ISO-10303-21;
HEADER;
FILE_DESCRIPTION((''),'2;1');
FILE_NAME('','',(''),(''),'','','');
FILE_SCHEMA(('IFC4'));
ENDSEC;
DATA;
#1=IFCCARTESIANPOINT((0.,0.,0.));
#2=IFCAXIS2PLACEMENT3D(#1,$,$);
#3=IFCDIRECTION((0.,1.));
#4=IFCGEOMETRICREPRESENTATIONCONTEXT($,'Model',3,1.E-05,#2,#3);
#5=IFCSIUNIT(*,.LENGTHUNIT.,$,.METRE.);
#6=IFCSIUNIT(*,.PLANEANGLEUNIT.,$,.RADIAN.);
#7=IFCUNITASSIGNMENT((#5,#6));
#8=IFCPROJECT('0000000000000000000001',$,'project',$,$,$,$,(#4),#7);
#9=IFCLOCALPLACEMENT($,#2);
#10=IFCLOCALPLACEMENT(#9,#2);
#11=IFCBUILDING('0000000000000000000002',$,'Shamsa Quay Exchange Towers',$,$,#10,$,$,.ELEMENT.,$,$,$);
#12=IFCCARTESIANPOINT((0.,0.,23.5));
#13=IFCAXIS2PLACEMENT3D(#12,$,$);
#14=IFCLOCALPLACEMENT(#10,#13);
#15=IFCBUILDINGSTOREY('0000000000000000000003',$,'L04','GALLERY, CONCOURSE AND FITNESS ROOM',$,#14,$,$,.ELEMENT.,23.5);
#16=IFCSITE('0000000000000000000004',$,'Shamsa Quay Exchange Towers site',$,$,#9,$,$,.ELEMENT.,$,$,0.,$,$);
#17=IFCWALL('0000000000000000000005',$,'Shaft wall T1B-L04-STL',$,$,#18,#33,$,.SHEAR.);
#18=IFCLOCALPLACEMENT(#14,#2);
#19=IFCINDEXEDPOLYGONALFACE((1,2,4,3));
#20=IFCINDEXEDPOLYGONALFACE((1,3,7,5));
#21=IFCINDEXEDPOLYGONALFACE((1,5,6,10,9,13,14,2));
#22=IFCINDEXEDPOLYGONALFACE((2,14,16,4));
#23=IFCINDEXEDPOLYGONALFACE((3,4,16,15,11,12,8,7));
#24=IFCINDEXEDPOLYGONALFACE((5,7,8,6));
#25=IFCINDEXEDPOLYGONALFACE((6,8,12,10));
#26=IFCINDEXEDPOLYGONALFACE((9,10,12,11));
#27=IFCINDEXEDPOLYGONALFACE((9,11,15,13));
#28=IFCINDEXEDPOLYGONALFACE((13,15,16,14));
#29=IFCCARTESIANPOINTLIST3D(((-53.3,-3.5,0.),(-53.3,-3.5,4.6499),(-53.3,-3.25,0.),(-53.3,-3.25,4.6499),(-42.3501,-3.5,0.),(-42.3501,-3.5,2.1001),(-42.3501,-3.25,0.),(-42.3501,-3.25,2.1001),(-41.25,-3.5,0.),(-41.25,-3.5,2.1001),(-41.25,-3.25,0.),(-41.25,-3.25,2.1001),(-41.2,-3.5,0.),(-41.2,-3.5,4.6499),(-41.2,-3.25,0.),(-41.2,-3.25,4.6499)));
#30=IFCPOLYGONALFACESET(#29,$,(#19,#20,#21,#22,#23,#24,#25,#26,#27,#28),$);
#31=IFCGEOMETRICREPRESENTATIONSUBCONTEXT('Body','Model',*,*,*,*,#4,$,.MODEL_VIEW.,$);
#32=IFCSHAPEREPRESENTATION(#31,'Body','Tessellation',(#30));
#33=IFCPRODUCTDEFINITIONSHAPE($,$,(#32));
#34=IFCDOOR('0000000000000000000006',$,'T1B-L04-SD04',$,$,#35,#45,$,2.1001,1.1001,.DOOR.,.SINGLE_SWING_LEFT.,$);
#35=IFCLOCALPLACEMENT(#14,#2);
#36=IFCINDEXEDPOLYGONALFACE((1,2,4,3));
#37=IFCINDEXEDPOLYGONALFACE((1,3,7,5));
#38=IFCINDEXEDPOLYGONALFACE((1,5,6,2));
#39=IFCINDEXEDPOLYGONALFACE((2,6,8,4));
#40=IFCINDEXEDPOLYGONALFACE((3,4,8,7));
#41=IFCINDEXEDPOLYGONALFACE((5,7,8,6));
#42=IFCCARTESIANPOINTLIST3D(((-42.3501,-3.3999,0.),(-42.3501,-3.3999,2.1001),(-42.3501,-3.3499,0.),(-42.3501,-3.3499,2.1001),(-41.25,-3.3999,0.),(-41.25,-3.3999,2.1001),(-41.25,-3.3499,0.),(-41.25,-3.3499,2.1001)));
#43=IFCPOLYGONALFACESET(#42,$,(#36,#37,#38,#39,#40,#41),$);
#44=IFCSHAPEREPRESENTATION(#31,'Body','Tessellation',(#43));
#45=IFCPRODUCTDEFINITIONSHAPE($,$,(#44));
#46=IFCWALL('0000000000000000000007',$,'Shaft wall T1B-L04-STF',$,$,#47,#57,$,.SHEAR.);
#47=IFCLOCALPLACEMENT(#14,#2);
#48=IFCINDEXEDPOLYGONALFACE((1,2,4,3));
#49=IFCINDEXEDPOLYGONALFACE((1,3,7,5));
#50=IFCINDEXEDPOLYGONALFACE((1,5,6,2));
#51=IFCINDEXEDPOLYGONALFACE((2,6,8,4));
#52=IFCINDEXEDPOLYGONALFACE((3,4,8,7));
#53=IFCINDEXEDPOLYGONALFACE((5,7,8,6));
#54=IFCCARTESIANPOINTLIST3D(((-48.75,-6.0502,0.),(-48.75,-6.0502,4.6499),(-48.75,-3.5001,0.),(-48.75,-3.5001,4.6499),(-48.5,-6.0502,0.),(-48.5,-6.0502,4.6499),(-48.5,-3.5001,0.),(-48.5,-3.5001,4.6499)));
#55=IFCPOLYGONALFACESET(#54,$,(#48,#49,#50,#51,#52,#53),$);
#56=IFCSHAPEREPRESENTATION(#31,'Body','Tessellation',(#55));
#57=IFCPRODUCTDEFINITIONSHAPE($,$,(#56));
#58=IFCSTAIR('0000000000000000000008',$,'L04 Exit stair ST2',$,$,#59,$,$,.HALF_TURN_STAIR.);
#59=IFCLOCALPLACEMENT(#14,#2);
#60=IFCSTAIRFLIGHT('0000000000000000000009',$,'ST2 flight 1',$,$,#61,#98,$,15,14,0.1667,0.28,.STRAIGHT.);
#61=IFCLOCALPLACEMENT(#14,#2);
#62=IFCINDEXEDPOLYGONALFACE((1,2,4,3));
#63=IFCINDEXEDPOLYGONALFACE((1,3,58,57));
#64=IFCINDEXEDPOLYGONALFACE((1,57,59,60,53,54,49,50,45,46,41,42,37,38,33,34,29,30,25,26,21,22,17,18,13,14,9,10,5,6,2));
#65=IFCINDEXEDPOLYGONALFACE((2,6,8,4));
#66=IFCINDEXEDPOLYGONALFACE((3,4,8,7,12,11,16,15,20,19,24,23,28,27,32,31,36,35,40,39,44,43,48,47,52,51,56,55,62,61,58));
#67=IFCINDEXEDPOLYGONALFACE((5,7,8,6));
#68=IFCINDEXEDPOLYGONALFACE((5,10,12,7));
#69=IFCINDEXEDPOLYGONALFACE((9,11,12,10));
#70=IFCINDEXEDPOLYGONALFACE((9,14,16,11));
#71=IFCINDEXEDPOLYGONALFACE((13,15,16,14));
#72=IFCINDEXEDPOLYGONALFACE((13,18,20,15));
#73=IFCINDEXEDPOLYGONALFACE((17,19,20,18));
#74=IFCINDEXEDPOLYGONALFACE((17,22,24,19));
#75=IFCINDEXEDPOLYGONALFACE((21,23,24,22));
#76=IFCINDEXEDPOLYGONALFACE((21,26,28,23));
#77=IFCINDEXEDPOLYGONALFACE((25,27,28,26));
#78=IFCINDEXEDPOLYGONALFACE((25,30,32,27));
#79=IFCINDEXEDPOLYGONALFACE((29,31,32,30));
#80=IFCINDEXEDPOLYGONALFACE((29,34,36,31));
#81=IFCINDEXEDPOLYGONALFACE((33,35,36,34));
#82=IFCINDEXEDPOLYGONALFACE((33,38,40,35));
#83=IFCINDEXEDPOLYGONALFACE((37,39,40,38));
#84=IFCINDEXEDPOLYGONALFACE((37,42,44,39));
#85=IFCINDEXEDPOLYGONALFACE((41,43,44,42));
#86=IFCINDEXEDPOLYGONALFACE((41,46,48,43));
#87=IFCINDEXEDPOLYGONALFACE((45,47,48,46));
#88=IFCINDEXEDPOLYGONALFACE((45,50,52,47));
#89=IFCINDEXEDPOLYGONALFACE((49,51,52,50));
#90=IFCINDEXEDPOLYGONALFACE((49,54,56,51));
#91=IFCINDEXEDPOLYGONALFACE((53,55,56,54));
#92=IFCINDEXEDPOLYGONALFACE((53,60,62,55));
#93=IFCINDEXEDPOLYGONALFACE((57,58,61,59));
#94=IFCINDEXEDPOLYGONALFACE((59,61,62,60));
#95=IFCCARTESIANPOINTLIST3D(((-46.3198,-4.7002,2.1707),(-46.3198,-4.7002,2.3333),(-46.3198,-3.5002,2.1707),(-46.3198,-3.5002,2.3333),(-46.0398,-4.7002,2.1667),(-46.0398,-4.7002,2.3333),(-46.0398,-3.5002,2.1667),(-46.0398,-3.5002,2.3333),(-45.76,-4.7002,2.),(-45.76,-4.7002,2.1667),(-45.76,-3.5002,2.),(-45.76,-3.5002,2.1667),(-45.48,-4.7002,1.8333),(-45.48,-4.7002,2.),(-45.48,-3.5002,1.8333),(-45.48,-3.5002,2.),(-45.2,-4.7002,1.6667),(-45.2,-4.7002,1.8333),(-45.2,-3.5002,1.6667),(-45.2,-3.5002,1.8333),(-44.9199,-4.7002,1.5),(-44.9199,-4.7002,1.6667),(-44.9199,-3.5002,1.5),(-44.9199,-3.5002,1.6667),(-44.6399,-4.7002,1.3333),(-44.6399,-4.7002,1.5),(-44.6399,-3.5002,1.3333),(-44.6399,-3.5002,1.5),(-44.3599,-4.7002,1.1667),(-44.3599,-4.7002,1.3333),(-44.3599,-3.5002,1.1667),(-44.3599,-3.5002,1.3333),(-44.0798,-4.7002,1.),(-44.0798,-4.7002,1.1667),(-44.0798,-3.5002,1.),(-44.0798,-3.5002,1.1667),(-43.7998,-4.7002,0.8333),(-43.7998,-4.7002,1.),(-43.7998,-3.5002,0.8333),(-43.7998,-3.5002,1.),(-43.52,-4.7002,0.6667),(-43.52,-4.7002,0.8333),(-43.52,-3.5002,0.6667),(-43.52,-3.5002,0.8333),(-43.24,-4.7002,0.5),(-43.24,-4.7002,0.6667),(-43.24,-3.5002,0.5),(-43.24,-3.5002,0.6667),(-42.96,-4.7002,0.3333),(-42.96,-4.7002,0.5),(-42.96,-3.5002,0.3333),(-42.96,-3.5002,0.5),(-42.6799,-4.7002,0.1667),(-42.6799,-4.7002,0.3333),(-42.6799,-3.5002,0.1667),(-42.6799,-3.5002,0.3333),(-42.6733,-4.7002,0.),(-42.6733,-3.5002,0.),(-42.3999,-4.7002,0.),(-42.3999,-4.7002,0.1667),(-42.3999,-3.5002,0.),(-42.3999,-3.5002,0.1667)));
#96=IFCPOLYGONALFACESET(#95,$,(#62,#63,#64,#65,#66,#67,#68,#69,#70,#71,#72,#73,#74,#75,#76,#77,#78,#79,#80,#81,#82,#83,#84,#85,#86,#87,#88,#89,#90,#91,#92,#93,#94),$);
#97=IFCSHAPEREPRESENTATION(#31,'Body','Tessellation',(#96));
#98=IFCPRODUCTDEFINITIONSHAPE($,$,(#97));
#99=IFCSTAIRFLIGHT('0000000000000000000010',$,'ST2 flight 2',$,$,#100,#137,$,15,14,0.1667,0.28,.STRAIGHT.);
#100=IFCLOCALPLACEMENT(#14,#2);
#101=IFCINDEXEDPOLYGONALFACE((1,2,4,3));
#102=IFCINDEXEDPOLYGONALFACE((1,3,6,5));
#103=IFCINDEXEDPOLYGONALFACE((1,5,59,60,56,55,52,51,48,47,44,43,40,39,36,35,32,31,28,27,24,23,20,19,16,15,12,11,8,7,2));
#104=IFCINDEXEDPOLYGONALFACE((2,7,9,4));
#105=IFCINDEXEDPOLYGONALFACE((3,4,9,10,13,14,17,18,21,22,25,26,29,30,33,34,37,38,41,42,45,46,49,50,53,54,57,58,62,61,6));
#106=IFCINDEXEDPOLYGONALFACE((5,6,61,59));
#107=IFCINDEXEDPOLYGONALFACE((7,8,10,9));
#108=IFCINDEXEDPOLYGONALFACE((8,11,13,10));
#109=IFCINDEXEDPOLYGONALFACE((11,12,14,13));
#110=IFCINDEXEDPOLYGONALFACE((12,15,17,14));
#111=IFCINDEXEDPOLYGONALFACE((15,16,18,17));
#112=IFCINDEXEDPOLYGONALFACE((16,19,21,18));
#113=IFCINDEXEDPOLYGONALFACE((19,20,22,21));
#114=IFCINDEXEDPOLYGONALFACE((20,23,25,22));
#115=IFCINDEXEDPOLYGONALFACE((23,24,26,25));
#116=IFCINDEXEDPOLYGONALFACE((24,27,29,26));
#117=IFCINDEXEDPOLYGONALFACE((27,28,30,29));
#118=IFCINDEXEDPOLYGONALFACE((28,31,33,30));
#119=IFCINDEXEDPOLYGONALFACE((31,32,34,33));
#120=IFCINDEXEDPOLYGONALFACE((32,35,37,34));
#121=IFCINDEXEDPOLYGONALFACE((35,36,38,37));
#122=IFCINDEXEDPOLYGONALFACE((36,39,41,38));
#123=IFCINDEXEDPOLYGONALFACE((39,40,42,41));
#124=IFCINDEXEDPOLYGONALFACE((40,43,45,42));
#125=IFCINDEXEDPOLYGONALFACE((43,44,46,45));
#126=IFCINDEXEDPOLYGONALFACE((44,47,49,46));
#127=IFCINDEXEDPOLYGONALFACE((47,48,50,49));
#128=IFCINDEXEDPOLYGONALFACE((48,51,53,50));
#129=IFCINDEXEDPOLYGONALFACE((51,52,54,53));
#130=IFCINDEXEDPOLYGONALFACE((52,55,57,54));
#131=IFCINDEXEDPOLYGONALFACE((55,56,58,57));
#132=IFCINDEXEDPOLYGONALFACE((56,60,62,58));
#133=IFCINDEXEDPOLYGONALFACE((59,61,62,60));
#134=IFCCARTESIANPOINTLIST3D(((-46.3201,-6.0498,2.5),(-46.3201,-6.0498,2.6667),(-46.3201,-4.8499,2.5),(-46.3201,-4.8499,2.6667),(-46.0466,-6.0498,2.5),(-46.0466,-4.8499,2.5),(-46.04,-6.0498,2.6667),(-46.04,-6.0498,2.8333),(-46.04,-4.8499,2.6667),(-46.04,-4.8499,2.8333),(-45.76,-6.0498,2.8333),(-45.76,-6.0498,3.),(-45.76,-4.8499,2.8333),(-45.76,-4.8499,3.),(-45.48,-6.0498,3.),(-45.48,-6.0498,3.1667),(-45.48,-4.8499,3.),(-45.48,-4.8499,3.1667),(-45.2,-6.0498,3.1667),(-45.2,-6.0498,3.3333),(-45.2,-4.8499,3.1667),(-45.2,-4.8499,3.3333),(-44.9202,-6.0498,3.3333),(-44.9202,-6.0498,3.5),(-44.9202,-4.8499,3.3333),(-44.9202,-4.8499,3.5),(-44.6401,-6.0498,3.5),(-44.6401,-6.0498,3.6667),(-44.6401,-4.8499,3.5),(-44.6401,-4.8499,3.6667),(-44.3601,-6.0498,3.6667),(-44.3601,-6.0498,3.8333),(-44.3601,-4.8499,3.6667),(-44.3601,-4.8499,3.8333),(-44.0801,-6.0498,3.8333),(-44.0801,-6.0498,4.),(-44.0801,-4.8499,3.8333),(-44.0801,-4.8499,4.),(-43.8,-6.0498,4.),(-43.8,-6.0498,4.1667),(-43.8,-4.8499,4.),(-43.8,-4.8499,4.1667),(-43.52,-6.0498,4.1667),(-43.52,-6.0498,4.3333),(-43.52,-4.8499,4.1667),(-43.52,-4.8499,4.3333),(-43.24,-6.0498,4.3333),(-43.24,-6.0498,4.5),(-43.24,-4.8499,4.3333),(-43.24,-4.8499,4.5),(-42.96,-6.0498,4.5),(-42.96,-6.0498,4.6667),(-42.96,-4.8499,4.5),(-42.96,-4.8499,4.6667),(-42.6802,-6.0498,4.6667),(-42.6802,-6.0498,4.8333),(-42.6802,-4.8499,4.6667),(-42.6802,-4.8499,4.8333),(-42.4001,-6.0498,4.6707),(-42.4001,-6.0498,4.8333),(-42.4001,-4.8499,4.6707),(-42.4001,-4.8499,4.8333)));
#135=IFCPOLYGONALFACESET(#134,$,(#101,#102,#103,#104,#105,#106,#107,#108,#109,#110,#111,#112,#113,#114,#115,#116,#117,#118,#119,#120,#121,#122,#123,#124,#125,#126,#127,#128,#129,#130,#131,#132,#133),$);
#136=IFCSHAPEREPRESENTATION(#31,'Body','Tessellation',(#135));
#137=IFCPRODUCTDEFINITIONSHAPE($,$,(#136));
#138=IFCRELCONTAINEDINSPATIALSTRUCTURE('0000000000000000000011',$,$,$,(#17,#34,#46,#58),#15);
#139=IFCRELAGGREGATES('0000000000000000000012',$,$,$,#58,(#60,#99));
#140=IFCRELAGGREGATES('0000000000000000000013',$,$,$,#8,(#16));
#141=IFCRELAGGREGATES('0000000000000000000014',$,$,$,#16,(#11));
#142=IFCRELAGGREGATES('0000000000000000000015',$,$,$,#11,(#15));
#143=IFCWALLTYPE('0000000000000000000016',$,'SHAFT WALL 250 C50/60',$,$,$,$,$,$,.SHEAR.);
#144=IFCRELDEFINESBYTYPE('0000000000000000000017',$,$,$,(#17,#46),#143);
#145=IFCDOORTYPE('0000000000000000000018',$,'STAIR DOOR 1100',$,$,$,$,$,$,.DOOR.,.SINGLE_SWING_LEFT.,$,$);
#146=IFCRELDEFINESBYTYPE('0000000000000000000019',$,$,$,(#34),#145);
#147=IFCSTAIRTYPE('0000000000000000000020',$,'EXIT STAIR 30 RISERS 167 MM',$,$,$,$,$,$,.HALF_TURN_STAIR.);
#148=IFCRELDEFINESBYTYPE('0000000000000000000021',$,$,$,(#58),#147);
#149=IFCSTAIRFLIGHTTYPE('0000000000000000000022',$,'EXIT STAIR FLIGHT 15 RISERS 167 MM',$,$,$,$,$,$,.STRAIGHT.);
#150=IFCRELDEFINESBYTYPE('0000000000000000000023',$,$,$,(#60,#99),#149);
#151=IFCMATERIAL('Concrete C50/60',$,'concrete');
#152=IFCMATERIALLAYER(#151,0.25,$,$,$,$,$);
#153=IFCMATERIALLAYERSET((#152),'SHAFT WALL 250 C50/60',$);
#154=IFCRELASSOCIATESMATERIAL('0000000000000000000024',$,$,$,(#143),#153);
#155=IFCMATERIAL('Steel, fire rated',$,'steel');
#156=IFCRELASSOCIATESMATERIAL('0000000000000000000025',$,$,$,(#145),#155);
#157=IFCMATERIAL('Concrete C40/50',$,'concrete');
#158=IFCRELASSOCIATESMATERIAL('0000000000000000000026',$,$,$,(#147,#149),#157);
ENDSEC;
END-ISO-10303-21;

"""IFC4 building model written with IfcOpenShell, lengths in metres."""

from ifc_helpers import new_model, si_unit, direction, frame, frame_2d, origin, place, context, subcontext, project, spatial, polyline, rectangle, outline, extrude, material, layer, layer_set, type_object, element, fill, aggregate, save


model = new_model("IFC4")

# Units and contexts
model_context = context("Model", 3, precision=1e-05, world=origin(), true_north=direction((0.0, 1.0)))
body_context = subcontext(model_context, "Body", "Model", "MODEL_VIEW")
ifc_project = project(units=[si_unit("LENGTHUNIT", "METRE"), si_unit("PLANEANGLEUNIT", "RADIAN")], contexts=[model_context])

# Site, building, storey
site_placement = place(None, origin())
site = spatial("IfcSite", under=ifc_project, at=site_placement, Name="Shamsa Quay Exchange Towers site", CompositionType="ELEMENT", RefElevation=0.0)
building_placement = place(site_placement, origin())
building = spatial("IfcBuilding", under=site, at=building_placement, Name="Shamsa Quay Exchange Towers", CompositionType="ELEMENT")
storey_placement = place(building_placement, frame((0.0, 0.0, 23.5)))
storey = spatial("IfcBuildingStorey", under=building, at=storey_placement, Name="L04", Description="GALLERY, CONCOURSE AND FITNESS ROOM", CompositionType="ELEMENT", Elevation=23.5)

# Shared definitions
ifc_material_1 = material(Name="Steel, fire rated", Category="steel")

# Wall, opening, door
ifc_material_2 = material(Name="Concrete C50/60", Category="concrete")
ifc_layer_1 = layer(ifc_material_2, 0.25)
ifc_layer_set_1 = layer_set([ifc_layer_1], Name="SHAFT WALL 250 C50/60")
wall_type_1 = type_object("IfcWallType", Name="SHAFT WALL 250 C50/60", PredefinedType="SHEAR", material=ifc_layer_set_1)
wall_1_placement = place(storey_placement, frame((-41.2, -3.375, 0.0), z_axis=(0.0, 0.0, 1.0), x_axis=(-1.0, 0.0, 0.0)))
wall_1 = element("IfcWall", 1, at=wall_1_placement, inside=storey, type_object=wall_type_1, Name="Shaft wall T1B-L04-STL", PredefinedType="SHEAR", context=body_context, shape_type="SweptSolid", body=[
    extrude(rectangle(XDim=12.1001, YDim=0.25, at=frame_2d((6.05, 0.0))), origin(), (0.0, 0.0, 1.0), 4.6499),
])
opening_1_placement = place(wall_1_placement, frame((0.05, 0.0, 0.0)))
opening_1 = element("IfcOpeningElement", 2, at=opening_1_placement, cuts=wall_1, PredefinedType="OPENING", context=body_context, shape_type="SweptSolid", body=[
    extrude(rectangle(XDim=1.1001, YDim=2.1001, at=frame_2d((0.55, 1.05))), frame((0.0, 0.135, 0.0), z_axis=(0.0, -1.0, 0.0), x_axis=(1.0, 0.0, 0.0)), (0.0, 0.0, 1.0), 0.27),
])
door_type_1 = type_object("IfcDoorType", Name="STAIR DOOR 1100", OperationType="SINGLE_SWING_LEFT", PredefinedType="DOOR", material=ifc_material_1)
door_1_placement = place(opening_1_placement, origin())
door_1 = element("IfcDoor", 3, at=door_1_placement, inside=storey, type_object=door_type_1, Name="T1B-L04-SD04", OperationType="SINGLE_SWING_LEFT", OverallHeight=2.1001, OverallWidth=1.1001, PredefinedType="DOOR", context=body_context, shape_type="SweptSolid", body=[
    extrude(rectangle(XDim=1.1001, YDim=2.1001, at=frame_2d((0.55, 1.05))), frame((0.0, 0.0249, 0.0), z_axis=(0.0, -1.0, 0.0), x_axis=(1.0, 0.0, 0.0)), (0.0, 0.0, 1.0), 0.05),
])
fill(opening_1, door_1)

# Wall
wall_2_placement = place(storey_placement, frame((-48.625, -6.05, 0.0), z_axis=(0.0, 0.0, 1.0), x_axis=(0.0, 1.0, 0.0)))
element("IfcWall", 4, at=wall_2_placement, inside=storey, type_object=wall_type_1, Name="Shaft wall T1B-L04-STF", PredefinedType="SHEAR", context=body_context, shape_type="SweptSolid", body=[
    extrude(rectangle(XDim=2.55, YDim=0.25, at=frame_2d((1.2749, 0.0))), origin(), (0.0, 0.0, 1.0), 4.6499),
])

# Stair, stair flights
ifc_material_3 = material(Name="Concrete C40/50", Category="concrete")
stair_type = type_object("IfcStairType", Name="EXIT STAIR 30 RISERS 167 MM", PredefinedType="HALF_TURN_STAIR", material=ifc_material_3)
stair_placement = place(storey_placement, origin())
stair = element("IfcStair", 5, at=stair_placement, inside=storey, type_object=stair_type, Name="L04 Exit stair ST2", PredefinedType="HALF_TURN_STAIR")
stair_flight_type = type_object("IfcStairFlightType", Name="EXIT STAIR FLIGHT 15 RISERS 167 MM", PredefinedType="STRAIGHT", material=ifc_material_3)
stair_flight_1_placement = place(storey_placement, frame((-42.3999, -4.1001, 0.0), z_axis=(0.0, 0.0, 1.0), x_axis=(-1.0, 0.0, 0.0)))
stair_flight_1 = element("IfcStairFlight", 6, at=stair_flight_1_placement, type_object=stair_flight_type, Name="ST2 flight 1", NumberOfRisers=15, NumberOfTreads=14, PredefinedType="STRAIGHT", RiserHeight=0.1667, TreadLength=0.28, context=body_context, shape_type="SweptSolid", body=[
    extrude(outline(polyline([(0.0, 0.0), (0.0, 0.1667), (0.28, 0.1667), (0.28, 0.3333), (0.5601, 0.3333), (0.5601, 0.5), (0.8401, 0.5), (0.8401, 0.6667), (1.1201, 0.6667), (1.1201, 0.8333), (1.3999, 0.8333), (1.3999, 1.0), (1.6799, 1.0), (1.6799, 1.1667), (1.96, 1.1667), (1.96, 1.3333), (2.24, 1.3333), (2.24, 1.5), (2.52, 1.5), (2.52, 1.6667), (2.8, 1.6667), (2.8, 1.8333), (3.0801, 1.8333), (3.0801, 2.0), (3.3601, 2.0), (3.3601, 2.1667), (3.6399, 2.1667), (3.6399, 2.3333), (3.9199, 2.3333), (3.9199, 2.5), (3.9199, 2.1707), (0.2734, 0.0), (0.0, 0.0)])), frame((0.0, 0.6001, 0.0), z_axis=(0.0, -1.0, 0.0), x_axis=(1.0, 0.0, 0.0)), (0.0, 0.0, 1.0), 1.2),
])
stair_flight_2_placement = place(storey_placement, frame((-46.3201, -5.45, 2.5)))
stair_flight_2 = element("IfcStairFlight", 7, at=stair_flight_2_placement, type_object=stair_flight_type, Name="ST2 flight 2", NumberOfRisers=15, NumberOfTreads=14, PredefinedType="STRAIGHT", RiserHeight=0.1667, TreadLength=0.28, context=body_context, shape_type="SweptSolid", body=[
    extrude(outline(polyline([(0.0, 0.0), (0.0, 0.1667), (0.28, 0.1667), (0.28, 0.3333), (0.5601, 0.3333), (0.5601, 0.5), (0.8401, 0.5), (0.8401, 0.6667), (1.1201, 0.6667), (1.1201, 0.8333), (1.3999, 0.8333), (1.3999, 1.0), (1.6799, 1.0), (1.6799, 1.1667), (1.96, 1.1667), (1.96, 1.3333), (2.24, 1.3333), (2.24, 1.5), (2.52, 1.5), (2.52, 1.6667), (2.8, 1.6667), (2.8, 1.8333), (3.0801, 1.8333), (3.0801, 2.0), (3.3601, 2.0), (3.3601, 2.1667), (3.6399, 2.1667), (3.6399, 2.3333), (3.9199, 2.3333), (3.9199, 2.5), (3.9199, 2.1707), (0.2734, 0.0), (0.0, 0.0)])), frame((0.0, 0.6001, 0.0), z_axis=(0.0, -1.0, 0.0), x_axis=(1.0, 0.0, 0.0)), (0.0, 0.0, 1.0), 1.2),
])
aggregate(stair, [stair_flight_1, stair_flight_2])

save(model, "model.ifc")
